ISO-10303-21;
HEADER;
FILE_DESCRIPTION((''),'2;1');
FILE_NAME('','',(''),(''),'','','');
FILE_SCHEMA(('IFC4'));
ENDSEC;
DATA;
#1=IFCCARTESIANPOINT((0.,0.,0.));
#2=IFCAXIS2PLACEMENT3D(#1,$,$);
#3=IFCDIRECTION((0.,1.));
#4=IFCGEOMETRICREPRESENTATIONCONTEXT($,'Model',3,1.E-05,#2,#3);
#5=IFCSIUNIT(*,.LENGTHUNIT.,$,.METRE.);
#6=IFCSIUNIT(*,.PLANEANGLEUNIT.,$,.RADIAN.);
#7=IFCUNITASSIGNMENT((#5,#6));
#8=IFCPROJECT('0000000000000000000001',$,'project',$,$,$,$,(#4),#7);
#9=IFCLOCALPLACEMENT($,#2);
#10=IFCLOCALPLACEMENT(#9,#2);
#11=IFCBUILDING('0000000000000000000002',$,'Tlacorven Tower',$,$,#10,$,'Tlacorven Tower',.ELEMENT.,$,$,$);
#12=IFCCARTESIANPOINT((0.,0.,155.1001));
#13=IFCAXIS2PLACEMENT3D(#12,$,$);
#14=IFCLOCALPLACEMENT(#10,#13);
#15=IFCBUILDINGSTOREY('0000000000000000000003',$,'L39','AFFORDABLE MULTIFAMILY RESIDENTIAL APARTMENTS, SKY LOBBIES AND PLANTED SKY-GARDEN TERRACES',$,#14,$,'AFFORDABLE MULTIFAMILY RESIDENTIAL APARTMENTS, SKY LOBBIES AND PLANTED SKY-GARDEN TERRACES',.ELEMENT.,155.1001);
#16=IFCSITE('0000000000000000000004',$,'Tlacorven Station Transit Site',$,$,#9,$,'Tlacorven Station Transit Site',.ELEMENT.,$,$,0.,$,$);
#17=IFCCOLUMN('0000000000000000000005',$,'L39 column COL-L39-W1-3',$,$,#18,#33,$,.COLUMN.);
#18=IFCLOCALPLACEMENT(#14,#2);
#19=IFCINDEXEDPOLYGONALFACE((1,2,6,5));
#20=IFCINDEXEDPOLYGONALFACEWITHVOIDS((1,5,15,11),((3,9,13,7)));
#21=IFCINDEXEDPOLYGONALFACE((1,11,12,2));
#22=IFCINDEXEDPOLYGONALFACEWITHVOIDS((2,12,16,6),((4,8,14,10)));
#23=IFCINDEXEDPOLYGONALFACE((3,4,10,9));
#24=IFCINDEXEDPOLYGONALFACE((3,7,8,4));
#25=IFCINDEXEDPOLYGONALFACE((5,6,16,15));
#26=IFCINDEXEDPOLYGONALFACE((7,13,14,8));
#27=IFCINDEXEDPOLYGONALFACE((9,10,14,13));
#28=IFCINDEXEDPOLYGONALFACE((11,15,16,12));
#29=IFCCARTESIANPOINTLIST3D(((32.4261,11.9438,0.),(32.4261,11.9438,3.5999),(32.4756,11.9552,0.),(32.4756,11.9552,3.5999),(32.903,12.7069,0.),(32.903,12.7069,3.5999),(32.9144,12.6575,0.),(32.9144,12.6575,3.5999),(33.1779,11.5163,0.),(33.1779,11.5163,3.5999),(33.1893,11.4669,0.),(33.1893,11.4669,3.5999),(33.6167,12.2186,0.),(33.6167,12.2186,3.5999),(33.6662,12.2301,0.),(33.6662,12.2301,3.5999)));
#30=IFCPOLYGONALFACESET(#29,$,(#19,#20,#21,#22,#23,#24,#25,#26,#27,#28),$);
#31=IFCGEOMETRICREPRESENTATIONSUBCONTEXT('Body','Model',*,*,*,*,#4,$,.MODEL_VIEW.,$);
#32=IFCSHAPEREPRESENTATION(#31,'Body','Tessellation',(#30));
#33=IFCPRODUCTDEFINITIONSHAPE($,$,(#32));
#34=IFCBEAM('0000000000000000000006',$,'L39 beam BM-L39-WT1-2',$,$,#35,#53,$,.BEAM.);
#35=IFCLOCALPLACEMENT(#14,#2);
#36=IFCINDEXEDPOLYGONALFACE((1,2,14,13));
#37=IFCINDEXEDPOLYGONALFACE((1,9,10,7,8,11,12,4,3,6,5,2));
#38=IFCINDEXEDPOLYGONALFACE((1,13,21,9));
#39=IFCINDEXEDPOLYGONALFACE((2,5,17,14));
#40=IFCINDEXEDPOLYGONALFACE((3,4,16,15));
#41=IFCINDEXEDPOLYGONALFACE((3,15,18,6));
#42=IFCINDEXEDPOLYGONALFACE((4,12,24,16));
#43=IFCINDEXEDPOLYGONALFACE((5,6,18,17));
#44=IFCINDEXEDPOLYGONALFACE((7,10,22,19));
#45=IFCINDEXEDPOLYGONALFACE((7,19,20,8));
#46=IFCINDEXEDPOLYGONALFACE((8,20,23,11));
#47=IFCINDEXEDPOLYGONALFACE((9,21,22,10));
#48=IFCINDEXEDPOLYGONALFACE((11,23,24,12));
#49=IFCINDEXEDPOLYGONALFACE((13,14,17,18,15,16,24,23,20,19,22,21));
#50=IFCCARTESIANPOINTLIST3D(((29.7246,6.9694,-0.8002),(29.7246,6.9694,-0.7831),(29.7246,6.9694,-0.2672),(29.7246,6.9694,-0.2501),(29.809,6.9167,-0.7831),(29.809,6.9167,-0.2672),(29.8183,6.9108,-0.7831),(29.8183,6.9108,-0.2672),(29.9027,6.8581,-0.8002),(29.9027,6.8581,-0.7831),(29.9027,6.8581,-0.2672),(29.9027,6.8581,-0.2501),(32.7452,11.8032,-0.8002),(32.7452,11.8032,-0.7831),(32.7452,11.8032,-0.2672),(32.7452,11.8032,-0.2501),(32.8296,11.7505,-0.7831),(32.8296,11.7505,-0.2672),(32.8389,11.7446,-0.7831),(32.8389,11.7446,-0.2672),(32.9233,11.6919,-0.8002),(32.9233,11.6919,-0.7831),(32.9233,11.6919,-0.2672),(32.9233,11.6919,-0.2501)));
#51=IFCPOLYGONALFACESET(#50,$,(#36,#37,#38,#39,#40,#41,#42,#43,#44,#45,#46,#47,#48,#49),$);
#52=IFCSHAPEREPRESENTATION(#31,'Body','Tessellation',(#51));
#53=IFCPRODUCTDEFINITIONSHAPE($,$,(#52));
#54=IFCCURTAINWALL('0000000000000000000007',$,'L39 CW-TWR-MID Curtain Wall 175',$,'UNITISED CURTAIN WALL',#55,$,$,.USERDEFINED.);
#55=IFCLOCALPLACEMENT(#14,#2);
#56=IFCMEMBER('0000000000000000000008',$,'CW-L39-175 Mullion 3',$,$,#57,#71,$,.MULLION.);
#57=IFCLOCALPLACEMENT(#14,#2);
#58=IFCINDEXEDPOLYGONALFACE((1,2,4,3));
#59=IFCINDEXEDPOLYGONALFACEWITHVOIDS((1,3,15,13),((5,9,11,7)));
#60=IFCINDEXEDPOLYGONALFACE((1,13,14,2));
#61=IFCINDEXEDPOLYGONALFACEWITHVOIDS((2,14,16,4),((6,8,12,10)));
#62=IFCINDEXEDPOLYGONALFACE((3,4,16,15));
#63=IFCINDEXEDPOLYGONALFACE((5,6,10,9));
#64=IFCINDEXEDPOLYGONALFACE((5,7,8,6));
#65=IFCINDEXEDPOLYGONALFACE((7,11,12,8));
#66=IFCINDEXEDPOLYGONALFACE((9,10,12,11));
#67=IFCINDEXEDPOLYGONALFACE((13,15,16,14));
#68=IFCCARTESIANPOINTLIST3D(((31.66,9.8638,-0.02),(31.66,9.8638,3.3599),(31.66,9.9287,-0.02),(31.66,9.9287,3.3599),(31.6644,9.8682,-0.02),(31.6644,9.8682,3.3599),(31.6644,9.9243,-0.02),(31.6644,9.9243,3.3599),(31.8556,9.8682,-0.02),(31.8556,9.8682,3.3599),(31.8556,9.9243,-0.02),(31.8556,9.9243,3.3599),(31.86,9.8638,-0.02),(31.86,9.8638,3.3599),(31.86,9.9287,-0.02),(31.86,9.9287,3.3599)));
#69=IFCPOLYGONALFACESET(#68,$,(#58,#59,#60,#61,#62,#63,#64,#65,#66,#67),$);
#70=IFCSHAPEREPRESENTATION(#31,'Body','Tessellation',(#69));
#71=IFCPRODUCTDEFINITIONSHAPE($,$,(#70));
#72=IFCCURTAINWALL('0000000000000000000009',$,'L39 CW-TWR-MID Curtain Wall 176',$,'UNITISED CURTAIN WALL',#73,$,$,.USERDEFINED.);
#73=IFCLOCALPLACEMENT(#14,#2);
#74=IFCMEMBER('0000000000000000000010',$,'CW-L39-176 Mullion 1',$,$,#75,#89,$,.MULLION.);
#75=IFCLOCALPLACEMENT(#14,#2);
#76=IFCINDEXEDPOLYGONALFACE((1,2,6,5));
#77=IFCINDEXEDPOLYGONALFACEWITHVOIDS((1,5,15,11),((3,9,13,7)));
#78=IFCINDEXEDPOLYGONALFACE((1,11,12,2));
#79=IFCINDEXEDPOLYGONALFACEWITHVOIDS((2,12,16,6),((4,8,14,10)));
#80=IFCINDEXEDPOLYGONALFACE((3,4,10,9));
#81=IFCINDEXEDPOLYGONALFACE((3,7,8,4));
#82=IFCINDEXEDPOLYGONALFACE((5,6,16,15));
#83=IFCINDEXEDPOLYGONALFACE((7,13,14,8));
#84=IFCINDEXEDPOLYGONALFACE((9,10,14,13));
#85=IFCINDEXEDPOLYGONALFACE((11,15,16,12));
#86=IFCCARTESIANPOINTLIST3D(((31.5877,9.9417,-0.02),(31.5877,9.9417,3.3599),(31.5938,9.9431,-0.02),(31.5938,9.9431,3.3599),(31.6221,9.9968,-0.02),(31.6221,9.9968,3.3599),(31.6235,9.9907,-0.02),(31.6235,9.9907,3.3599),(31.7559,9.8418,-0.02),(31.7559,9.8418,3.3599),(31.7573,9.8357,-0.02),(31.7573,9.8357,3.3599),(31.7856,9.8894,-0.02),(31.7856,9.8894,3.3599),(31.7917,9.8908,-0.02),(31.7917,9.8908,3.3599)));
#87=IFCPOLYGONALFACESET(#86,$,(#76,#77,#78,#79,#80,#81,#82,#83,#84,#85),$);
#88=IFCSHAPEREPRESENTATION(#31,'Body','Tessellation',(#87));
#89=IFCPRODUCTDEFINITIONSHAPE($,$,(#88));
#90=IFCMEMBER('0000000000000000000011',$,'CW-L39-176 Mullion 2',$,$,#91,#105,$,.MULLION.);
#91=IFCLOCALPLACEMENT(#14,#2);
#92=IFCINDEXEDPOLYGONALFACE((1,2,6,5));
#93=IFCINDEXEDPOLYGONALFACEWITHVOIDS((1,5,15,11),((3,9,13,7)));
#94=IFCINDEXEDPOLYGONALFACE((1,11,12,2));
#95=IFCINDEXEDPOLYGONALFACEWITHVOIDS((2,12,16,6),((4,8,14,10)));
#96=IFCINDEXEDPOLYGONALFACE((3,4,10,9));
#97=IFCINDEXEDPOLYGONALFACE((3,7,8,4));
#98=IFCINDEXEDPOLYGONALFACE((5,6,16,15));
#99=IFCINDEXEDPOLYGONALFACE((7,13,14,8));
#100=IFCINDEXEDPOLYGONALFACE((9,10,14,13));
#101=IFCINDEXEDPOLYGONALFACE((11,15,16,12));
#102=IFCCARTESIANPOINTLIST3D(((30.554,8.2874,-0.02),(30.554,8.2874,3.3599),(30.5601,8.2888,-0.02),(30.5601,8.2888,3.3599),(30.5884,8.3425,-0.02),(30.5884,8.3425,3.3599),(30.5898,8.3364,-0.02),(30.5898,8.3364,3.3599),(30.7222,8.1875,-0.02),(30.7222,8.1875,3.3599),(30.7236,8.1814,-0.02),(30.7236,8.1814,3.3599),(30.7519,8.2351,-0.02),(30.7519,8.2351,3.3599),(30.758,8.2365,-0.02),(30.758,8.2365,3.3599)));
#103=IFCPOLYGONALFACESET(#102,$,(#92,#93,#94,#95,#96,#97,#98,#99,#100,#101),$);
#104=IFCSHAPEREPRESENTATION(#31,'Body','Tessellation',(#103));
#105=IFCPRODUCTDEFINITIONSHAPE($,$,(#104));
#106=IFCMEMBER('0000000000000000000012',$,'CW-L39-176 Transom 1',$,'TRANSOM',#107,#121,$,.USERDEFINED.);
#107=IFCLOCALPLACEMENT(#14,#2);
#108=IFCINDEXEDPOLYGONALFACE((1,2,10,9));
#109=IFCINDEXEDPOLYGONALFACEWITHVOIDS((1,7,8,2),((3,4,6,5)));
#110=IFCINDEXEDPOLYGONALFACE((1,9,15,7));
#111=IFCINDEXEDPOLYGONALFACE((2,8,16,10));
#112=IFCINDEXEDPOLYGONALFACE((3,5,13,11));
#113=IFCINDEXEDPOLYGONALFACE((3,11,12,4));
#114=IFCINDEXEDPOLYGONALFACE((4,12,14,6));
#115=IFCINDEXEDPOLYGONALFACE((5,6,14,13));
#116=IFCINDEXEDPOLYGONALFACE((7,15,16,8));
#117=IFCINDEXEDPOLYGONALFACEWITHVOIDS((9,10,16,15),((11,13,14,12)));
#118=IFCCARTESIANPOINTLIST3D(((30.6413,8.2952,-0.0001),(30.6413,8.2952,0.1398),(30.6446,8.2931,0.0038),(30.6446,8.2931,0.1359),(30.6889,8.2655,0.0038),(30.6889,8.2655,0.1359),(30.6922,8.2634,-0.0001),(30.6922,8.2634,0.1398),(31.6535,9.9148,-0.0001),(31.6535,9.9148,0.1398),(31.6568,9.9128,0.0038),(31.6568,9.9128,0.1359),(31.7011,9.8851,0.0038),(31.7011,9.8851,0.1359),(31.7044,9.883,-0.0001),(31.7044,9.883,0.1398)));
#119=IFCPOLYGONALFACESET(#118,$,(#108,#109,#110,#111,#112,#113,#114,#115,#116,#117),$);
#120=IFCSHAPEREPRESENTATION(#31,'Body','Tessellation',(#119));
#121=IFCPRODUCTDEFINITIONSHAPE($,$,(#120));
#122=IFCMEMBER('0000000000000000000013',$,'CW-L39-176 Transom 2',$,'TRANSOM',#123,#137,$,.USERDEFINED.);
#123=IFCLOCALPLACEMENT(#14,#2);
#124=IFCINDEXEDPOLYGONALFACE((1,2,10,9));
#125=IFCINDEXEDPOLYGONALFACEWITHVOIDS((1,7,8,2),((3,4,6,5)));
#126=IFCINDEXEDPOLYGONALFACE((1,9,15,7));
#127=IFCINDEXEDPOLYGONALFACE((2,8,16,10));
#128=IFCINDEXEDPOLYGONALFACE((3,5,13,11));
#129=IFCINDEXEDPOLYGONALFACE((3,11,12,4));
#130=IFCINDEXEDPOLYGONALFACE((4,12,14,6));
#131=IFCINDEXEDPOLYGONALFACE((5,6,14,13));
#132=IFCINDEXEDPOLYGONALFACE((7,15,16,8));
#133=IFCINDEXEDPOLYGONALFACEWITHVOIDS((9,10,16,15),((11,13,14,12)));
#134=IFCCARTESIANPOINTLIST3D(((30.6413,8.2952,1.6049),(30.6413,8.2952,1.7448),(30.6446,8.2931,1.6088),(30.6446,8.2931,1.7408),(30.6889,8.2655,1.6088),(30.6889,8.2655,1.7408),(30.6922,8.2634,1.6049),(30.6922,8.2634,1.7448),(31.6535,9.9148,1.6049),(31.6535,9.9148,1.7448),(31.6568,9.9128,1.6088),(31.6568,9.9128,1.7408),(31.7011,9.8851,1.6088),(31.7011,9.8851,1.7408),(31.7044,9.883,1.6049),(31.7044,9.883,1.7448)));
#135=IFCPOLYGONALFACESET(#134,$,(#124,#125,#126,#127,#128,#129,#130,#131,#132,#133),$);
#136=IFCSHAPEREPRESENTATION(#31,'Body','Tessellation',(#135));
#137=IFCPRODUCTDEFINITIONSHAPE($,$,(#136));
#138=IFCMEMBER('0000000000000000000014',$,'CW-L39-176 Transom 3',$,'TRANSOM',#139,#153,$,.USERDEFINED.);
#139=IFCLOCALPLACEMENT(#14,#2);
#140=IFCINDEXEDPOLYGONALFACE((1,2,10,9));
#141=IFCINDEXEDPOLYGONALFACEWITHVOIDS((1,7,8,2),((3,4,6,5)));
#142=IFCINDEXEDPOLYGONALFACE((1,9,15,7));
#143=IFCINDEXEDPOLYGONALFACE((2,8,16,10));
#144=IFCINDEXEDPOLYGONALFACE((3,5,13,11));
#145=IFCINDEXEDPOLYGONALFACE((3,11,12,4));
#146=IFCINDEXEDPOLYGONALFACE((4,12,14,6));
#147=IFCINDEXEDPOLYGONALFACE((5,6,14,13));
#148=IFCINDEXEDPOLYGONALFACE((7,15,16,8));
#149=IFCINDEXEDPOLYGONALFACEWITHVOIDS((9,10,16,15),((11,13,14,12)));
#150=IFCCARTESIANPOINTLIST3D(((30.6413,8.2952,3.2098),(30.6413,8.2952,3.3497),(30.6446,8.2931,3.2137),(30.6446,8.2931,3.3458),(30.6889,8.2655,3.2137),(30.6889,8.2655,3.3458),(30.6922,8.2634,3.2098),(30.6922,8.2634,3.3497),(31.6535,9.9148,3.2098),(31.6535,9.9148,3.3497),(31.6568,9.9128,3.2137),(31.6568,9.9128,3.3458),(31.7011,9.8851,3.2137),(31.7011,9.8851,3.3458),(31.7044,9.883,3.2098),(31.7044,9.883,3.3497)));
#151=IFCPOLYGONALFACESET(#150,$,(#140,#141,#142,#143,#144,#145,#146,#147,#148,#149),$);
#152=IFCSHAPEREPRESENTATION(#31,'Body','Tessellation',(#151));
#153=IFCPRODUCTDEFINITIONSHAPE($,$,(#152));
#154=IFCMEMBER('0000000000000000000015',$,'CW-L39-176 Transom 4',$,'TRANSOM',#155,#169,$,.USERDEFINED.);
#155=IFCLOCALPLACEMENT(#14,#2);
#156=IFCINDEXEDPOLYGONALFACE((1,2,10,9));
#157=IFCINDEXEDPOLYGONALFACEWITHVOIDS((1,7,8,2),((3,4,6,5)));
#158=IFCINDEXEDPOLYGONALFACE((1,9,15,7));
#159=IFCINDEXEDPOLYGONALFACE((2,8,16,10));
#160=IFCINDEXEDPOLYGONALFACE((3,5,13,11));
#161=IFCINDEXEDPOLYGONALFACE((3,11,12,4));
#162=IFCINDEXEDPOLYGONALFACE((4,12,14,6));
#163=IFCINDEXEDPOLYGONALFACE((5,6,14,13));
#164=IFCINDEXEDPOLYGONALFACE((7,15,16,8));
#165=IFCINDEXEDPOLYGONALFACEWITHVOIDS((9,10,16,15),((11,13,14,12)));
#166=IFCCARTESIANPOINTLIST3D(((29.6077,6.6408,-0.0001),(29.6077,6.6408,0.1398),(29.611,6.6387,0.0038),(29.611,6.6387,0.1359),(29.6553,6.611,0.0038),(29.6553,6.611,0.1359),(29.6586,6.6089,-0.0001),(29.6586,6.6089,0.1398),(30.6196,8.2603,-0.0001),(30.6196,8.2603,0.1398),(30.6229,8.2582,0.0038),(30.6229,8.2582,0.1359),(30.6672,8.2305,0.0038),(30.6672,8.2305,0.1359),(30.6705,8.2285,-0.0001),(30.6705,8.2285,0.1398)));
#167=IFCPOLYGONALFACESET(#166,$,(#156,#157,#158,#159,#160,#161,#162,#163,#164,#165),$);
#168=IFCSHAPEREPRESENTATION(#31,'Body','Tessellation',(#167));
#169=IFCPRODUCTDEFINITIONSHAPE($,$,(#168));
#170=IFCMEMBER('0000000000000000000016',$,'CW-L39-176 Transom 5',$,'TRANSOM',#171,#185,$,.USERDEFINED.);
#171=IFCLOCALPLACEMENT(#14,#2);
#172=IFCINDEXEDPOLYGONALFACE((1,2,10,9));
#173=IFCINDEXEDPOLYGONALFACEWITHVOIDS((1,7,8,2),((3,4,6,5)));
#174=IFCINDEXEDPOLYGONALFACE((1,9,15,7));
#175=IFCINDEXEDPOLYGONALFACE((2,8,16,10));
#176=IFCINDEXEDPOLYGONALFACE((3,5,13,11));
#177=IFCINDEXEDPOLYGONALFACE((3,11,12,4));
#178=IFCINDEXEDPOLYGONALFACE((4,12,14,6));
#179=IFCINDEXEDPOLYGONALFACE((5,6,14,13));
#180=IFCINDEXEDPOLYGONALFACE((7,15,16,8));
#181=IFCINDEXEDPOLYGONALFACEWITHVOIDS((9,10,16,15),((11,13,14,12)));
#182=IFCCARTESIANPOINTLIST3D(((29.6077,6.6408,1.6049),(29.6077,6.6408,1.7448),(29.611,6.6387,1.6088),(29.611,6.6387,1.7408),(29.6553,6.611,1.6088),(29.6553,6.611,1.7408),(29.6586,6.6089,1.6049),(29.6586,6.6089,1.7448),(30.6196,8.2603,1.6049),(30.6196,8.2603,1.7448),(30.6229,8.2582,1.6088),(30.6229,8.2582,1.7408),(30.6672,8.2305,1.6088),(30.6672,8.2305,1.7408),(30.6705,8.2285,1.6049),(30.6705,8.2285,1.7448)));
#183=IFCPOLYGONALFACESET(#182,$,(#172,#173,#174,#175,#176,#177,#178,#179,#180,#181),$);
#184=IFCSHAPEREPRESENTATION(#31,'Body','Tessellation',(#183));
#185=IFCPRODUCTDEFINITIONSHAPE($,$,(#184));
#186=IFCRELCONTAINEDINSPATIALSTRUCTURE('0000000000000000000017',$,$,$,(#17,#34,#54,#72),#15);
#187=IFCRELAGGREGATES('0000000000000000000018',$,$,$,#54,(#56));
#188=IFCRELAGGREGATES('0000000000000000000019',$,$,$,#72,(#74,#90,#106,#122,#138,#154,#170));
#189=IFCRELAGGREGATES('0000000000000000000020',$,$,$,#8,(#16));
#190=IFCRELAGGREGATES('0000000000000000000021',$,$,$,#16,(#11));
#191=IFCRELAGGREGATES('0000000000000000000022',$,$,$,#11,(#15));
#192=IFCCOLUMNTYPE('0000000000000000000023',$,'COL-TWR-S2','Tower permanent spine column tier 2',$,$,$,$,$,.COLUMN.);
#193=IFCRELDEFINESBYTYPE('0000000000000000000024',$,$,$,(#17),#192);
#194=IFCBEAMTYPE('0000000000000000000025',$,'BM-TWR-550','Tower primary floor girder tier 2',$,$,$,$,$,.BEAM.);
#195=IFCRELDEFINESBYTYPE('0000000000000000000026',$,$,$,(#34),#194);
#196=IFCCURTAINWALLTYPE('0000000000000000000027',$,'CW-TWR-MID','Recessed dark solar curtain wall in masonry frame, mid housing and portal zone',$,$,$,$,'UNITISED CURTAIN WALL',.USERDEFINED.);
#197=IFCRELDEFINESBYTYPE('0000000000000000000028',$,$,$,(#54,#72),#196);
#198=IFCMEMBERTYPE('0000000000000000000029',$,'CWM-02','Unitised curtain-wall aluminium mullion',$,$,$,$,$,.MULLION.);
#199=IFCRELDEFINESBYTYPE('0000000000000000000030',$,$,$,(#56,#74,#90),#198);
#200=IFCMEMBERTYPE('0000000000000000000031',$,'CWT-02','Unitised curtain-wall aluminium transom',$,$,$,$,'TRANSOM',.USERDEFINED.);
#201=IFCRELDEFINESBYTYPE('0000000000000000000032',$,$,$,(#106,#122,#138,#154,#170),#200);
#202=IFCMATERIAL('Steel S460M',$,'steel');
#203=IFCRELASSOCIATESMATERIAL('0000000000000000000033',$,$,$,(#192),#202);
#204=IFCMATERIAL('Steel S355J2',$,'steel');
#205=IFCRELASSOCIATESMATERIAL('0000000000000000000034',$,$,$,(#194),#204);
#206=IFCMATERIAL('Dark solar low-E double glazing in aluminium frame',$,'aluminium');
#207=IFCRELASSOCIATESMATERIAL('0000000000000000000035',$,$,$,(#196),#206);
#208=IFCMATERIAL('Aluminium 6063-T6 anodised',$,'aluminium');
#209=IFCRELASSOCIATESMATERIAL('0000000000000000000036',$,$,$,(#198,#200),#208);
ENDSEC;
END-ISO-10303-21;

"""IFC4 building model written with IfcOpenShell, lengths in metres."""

from ifc_helpers import new_model, si_unit, direction, frame, origin, origin_2d, place, context, subcontext, project, spatial, hollow_rectangle, i_section, extrude, source, transform, mapped, material, material_profile, profile_set, type_object, element, aggregate, save


model = new_model("IFC4")

# Units and contexts
model_context = context("Model", 3, precision=1e-05, world=origin(), true_north=direction((0.0, 1.0)))
body_context = subcontext(model_context, "Body", "Model", "MODEL_VIEW")
ifc_project = project(units=[si_unit("LENGTHUNIT", "METRE"), si_unit("PLANEANGLEUNIT", "RADIAN")], contexts=[model_context])

# Site, building, storey
site_placement = place(None, origin())
site = spatial("IfcSite", under=ifc_project, at=site_placement, Name="Tlacorven Station Transit Site", LongName="Tlacorven Station Transit Site", CompositionType="ELEMENT", RefElevation=0.0)
building_placement = place(site_placement, origin())
building = spatial("IfcBuilding", under=site, at=building_placement, Name="Tlacorven Tower", LongName="Tlacorven Tower", CompositionType="ELEMENT")
storey_placement = place(building_placement, frame((0.0, 0.0, 155.1001)))
storey = spatial("IfcBuildingStorey", under=building, at=storey_placement, Name="L39", Description="AFFORDABLE MULTIFAMILY RESIDENTIAL APARTMENTS, SKY LOBBIES AND PLANTED SKY-GARDEN TERRACES", LongName="AFFORDABLE MULTIFAMILY RESIDENTIAL APARTMENTS, SKY LOBBIES AND PLANTED SKY-GARDEN TERRACES", CompositionType="ELEMENT", Elevation=155.1001)

# Column
ifc_material_1 = material(Name="Steel S460M", Category="steel")
ifc_material_profile_1 = material_profile(ifc_material_1, hollow_rectangle(XDim=0.8999, YDim=0.8999, WallThickness=0.0359, at=origin_2d()), Name="BOX 900X900X36")
ifc_profile_set_1 = profile_set([ifc_material_profile_1], Name="Steel S460M")
column_type = type_object("IfcColumnType", Name="COL-TWR-S2", Description="Tower permanent spine column tier 2", PredefinedType="COLUMN", material=ifc_profile_set_1)
shared_shape_1 = source(origin(), body_context, "Body", "SweptSolid", [
    extrude(hollow_rectangle(XDim=0.8999, YDim=0.8999, WallThickness=0.0359, at=origin_2d()), origin(), (0.0, 0.0, 1.0), 3.5999),
])
column_placement = place(storey_placement, frame((33.0461, 12.0869, 0.0), z_axis=(0.0, 0.0, 1.0), x_axis=(-0.848048, 0.529919, 0.0)))
element("IfcColumn", 1, at=column_placement, inside=storey, type_object=column_type, Name="L39 column COL-L39-W1-3", PredefinedType="COLUMN", context=body_context, shape_type="MappedRepresentation", body=[
    mapped(shared_shape_1, transform((0.0, 0.0, 0.0), scale=1.0)),
])

# Beam
ifc_material_2 = material(Name="Steel S355J2", Category="steel")
ifc_material_profile_2 = material_profile(ifc_material_2, i_section(OverallWidth=0.21, OverallDepth=0.55, WebThickness=0.011, FlangeThickness=0.0171, at=origin_2d()), Name="IPE 550")
ifc_profile_set_2 = profile_set([ifc_material_profile_2], Name="Steel S355J2")
beam_type = type_object("IfcBeamType", Name="BM-TWR-550", Description="Tower primary floor girder tier 2", PredefinedType="BEAM", material=ifc_profile_set_2)
shared_shape_2 = source(origin(), body_context, "Body", "SweptSolid", [
    extrude(i_section(OverallWidth=0.21, OverallDepth=0.55, WebThickness=0.011, FlangeThickness=0.0171, at=origin_2d()), origin(), (0.0, 0.0, 1.0), 5.7),
])
beam_placement = place(storey_placement, frame((32.8342, 11.7476, -0.5251), z_axis=(-0.529926, -0.848044, 0.0), x_axis=(0.848044, -0.529926, 0.0)))
element("IfcBeam", 2, at=beam_placement, inside=storey, type_object=beam_type, Name="L39 beam BM-L39-WT1-2", PredefinedType="BEAM", context=body_context, shape_type="MappedRepresentation", body=[
    mapped(shared_shape_2, transform((0.0, 0.0, 0.0), scale=1.0)),
])

# Curtain wall, member
ifc_material_3 = material(Name="Dark solar low-E double glazing in aluminium frame", Category="aluminium")
curtain_wall_type = type_object("IfcCurtainWallType", Name="CW-TWR-MID", Description="Recessed dark solar curtain wall in masonry frame, mid housing and portal zone", ElementType="UNITISED CURTAIN WALL", PredefinedType="USERDEFINED", material=ifc_material_3)
curtain_wall_1_placement = place(storey_placement, origin())
curtain_wall_1 = element("IfcCurtainWall", 3, at=curtain_wall_1_placement, inside=storey, type_object=curtain_wall_type, Name="L39 CW-TWR-MID Curtain Wall 175", ObjectType="UNITISED CURTAIN WALL", PredefinedType="USERDEFINED")
ifc_material_4 = material(Name="Aluminium 6063-T6 anodised", Category="aluminium")
ifc_material_profile_3 = material_profile(ifc_material_4, hollow_rectangle(XDim=0.0649, YDim=0.2, WallThickness=0.0044, at=origin_2d()), Name="ALU MULLION 65X200")
ifc_profile_set_3 = profile_set([ifc_material_profile_3], Name="Aluminium 6063-T6 anodised")
member_type_1 = type_object("IfcMemberType", Name="CWM-02", Description="Unitised curtain-wall aluminium mullion", PredefinedType="MULLION", material=ifc_profile_set_3)
shared_shape_3 = source(origin(), body_context, "Body", "SweptSolid", [
    extrude(hollow_rectangle(XDim=0.0649, YDim=0.2, WallThickness=0.0044, at=origin_2d()), origin(), (0.0, 0.0, 1.0), 3.3799),
])
member_1_placement = place(storey_placement, frame((31.76, 9.8962, -0.02), z_axis=(0.0, 0.0, 1.0), x_axis=(0.0, 1.0, 0.0)))
member_1 = element("IfcMember", 4, at=member_1_placement, type_object=member_type_1, Name="CW-L39-175 Mullion 3", PredefinedType="MULLION", context=body_context, shape_type="MappedRepresentation", body=[
    mapped(shared_shape_3, transform((0.0, 0.0, 0.0), scale=1.0)),
])

# Curtain wall, members
curtain_wall_2_placement = place(storey_placement, origin())
curtain_wall_2 = element("IfcCurtainWall", 5, at=curtain_wall_2_placement, inside=storey, type_object=curtain_wall_type, Name="L39 CW-TWR-MID Curtain Wall 176", ObjectType="UNITISED CURTAIN WALL", PredefinedType="USERDEFINED")
member_2_placement = place(storey_placement, frame((31.6897, 9.9163, -0.02), z_axis=(0.0, 0.0, 1.0), x_axis=(-0.529919, -0.848048, 0.0)))
member_2 = element("IfcMember", 6, at=member_2_placement, type_object=member_type_1, Name="CW-L39-176 Mullion 1", PredefinedType="MULLION", context=body_context, shape_type="MappedRepresentation", body=[
    mapped(shared_shape_3, transform((0.0, 0.0, 0.0), scale=1.0)),
])
member_3_placement = place(storey_placement, frame((30.656, 8.262, -0.02), z_axis=(0.0, 0.0, 1.0), x_axis=(-0.529919, -0.848048, 0.0)))
member_3 = element("IfcMember", 7, at=member_3_placement, type_object=member_type_1, Name="CW-L39-176 Mullion 2", PredefinedType="MULLION", context=body_context, shape_type="MappedRepresentation", body=[
    mapped(shared_shape_3, transform((0.0, 0.0, 0.0), scale=1.0)),
])
ifc_material_profile_4 = material_profile(ifc_material_4, hollow_rectangle(XDim=0.0601, YDim=0.1399, WallThickness=0.0039, at=origin_2d()), Name="ALU TRANSOM 60X140")
ifc_profile_set_4 = profile_set([ifc_material_profile_4], Name="Aluminium 6063-T6 anodised")
member_type_2 = type_object("IfcMemberType", Name="CWT-02", Description="Unitised curtain-wall aluminium transom", ElementType="TRANSOM", PredefinedType="USERDEFINED", material=ifc_profile_set_4)
shared_shape_4 = source(origin(), body_context, "Body", "SweptSolid", [
    extrude(hollow_rectangle(XDim=0.0601, YDim=0.1399, WallThickness=0.0039, at=origin_2d()), origin(), (0.0, 0.0, 1.0), 1.9099),
])
member_4_placement = place(storey_placement, frame((31.679, 9.8989, 0.0698), z_axis=(-0.529976, -0.848013, 0.0), x_axis=(0.848013, -0.529976, 0.0)))
member_4 = element("IfcMember", 8, at=member_4_placement, type_object=member_type_2, Name="CW-L39-176 Transom 1", ObjectType="TRANSOM", PredefinedType="USERDEFINED", context=body_context, shape_type="MappedRepresentation", body=[
    mapped(shared_shape_4, transform((0.0, 0.0, 0.0), scale=1.0)),
])
member_5_placement = place(storey_placement, frame((31.679, 9.8989, 1.6748), z_axis=(-0.529976, -0.848013, 0.0), x_axis=(0.848013, -0.529976, 0.0)))
member_5 = element("IfcMember", 9, at=member_5_placement, type_object=member_type_2, Name="CW-L39-176 Transom 2", ObjectType="TRANSOM", PredefinedType="USERDEFINED", context=body_context, shape_type="MappedRepresentation", body=[
    mapped(shared_shape_4, transform((0.0, 0.0, 0.0), scale=1.0)),
])
member_6_placement = place(storey_placement, frame((31.679, 9.8989, 3.2798), z_axis=(-0.529976, -0.848013, 0.0), x_axis=(0.848013, -0.529976, 0.0)))
member_6 = element("IfcMember", 10, at=member_6_placement, type_object=member_type_2, Name="CW-L39-176 Transom 3", ObjectType="TRANSOM", PredefinedType="USERDEFINED", context=body_context, shape_type="MappedRepresentation", body=[
    mapped(shared_shape_4, transform((0.0, 0.0, 0.0), scale=1.0)),
])
shared_shape_5 = source(origin(), body_context, "Body", "SweptSolid", [
    extrude(hollow_rectangle(XDim=0.0601, YDim=0.1399, WallThickness=0.0039, at=origin_2d()), origin(), (0.0, 0.0, 1.0), 1.9097),
])
member_7_placement = place(storey_placement, frame((30.645, 8.2444, 0.0698), z_axis=(-0.529884, -0.84807, 0.0), x_axis=(0.84807, -0.529884, 0.0)))
member_7 = element("IfcMember", 11, at=member_7_placement, type_object=member_type_2, Name="CW-L39-176 Transom 4", ObjectType="TRANSOM", PredefinedType="USERDEFINED", context=body_context, shape_type="MappedRepresentation", body=[
    mapped(shared_shape_5, transform((0.0, 0.0, 0.0), scale=1.0)),
])
member_8_placement = place(storey_placement, frame((30.645, 8.2444, 1.6748), z_axis=(-0.529884, -0.84807, 0.0), x_axis=(0.84807, -0.529884, 0.0)))
member_8 = element("IfcMember", 12, at=member_8_placement, type_object=member_type_2, Name="CW-L39-176 Transom 5", ObjectType="TRANSOM", PredefinedType="USERDEFINED", context=body_context, shape_type="MappedRepresentation", body=[
    mapped(shared_shape_5, transform((0.0, 0.0, 0.0), scale=1.0)),
])

aggregate(curtain_wall_1, [member_1])
aggregate(curtain_wall_2, [member_2, member_3, member_4, member_5, member_6, member_7, member_8])

save(model, "model.ifc")
